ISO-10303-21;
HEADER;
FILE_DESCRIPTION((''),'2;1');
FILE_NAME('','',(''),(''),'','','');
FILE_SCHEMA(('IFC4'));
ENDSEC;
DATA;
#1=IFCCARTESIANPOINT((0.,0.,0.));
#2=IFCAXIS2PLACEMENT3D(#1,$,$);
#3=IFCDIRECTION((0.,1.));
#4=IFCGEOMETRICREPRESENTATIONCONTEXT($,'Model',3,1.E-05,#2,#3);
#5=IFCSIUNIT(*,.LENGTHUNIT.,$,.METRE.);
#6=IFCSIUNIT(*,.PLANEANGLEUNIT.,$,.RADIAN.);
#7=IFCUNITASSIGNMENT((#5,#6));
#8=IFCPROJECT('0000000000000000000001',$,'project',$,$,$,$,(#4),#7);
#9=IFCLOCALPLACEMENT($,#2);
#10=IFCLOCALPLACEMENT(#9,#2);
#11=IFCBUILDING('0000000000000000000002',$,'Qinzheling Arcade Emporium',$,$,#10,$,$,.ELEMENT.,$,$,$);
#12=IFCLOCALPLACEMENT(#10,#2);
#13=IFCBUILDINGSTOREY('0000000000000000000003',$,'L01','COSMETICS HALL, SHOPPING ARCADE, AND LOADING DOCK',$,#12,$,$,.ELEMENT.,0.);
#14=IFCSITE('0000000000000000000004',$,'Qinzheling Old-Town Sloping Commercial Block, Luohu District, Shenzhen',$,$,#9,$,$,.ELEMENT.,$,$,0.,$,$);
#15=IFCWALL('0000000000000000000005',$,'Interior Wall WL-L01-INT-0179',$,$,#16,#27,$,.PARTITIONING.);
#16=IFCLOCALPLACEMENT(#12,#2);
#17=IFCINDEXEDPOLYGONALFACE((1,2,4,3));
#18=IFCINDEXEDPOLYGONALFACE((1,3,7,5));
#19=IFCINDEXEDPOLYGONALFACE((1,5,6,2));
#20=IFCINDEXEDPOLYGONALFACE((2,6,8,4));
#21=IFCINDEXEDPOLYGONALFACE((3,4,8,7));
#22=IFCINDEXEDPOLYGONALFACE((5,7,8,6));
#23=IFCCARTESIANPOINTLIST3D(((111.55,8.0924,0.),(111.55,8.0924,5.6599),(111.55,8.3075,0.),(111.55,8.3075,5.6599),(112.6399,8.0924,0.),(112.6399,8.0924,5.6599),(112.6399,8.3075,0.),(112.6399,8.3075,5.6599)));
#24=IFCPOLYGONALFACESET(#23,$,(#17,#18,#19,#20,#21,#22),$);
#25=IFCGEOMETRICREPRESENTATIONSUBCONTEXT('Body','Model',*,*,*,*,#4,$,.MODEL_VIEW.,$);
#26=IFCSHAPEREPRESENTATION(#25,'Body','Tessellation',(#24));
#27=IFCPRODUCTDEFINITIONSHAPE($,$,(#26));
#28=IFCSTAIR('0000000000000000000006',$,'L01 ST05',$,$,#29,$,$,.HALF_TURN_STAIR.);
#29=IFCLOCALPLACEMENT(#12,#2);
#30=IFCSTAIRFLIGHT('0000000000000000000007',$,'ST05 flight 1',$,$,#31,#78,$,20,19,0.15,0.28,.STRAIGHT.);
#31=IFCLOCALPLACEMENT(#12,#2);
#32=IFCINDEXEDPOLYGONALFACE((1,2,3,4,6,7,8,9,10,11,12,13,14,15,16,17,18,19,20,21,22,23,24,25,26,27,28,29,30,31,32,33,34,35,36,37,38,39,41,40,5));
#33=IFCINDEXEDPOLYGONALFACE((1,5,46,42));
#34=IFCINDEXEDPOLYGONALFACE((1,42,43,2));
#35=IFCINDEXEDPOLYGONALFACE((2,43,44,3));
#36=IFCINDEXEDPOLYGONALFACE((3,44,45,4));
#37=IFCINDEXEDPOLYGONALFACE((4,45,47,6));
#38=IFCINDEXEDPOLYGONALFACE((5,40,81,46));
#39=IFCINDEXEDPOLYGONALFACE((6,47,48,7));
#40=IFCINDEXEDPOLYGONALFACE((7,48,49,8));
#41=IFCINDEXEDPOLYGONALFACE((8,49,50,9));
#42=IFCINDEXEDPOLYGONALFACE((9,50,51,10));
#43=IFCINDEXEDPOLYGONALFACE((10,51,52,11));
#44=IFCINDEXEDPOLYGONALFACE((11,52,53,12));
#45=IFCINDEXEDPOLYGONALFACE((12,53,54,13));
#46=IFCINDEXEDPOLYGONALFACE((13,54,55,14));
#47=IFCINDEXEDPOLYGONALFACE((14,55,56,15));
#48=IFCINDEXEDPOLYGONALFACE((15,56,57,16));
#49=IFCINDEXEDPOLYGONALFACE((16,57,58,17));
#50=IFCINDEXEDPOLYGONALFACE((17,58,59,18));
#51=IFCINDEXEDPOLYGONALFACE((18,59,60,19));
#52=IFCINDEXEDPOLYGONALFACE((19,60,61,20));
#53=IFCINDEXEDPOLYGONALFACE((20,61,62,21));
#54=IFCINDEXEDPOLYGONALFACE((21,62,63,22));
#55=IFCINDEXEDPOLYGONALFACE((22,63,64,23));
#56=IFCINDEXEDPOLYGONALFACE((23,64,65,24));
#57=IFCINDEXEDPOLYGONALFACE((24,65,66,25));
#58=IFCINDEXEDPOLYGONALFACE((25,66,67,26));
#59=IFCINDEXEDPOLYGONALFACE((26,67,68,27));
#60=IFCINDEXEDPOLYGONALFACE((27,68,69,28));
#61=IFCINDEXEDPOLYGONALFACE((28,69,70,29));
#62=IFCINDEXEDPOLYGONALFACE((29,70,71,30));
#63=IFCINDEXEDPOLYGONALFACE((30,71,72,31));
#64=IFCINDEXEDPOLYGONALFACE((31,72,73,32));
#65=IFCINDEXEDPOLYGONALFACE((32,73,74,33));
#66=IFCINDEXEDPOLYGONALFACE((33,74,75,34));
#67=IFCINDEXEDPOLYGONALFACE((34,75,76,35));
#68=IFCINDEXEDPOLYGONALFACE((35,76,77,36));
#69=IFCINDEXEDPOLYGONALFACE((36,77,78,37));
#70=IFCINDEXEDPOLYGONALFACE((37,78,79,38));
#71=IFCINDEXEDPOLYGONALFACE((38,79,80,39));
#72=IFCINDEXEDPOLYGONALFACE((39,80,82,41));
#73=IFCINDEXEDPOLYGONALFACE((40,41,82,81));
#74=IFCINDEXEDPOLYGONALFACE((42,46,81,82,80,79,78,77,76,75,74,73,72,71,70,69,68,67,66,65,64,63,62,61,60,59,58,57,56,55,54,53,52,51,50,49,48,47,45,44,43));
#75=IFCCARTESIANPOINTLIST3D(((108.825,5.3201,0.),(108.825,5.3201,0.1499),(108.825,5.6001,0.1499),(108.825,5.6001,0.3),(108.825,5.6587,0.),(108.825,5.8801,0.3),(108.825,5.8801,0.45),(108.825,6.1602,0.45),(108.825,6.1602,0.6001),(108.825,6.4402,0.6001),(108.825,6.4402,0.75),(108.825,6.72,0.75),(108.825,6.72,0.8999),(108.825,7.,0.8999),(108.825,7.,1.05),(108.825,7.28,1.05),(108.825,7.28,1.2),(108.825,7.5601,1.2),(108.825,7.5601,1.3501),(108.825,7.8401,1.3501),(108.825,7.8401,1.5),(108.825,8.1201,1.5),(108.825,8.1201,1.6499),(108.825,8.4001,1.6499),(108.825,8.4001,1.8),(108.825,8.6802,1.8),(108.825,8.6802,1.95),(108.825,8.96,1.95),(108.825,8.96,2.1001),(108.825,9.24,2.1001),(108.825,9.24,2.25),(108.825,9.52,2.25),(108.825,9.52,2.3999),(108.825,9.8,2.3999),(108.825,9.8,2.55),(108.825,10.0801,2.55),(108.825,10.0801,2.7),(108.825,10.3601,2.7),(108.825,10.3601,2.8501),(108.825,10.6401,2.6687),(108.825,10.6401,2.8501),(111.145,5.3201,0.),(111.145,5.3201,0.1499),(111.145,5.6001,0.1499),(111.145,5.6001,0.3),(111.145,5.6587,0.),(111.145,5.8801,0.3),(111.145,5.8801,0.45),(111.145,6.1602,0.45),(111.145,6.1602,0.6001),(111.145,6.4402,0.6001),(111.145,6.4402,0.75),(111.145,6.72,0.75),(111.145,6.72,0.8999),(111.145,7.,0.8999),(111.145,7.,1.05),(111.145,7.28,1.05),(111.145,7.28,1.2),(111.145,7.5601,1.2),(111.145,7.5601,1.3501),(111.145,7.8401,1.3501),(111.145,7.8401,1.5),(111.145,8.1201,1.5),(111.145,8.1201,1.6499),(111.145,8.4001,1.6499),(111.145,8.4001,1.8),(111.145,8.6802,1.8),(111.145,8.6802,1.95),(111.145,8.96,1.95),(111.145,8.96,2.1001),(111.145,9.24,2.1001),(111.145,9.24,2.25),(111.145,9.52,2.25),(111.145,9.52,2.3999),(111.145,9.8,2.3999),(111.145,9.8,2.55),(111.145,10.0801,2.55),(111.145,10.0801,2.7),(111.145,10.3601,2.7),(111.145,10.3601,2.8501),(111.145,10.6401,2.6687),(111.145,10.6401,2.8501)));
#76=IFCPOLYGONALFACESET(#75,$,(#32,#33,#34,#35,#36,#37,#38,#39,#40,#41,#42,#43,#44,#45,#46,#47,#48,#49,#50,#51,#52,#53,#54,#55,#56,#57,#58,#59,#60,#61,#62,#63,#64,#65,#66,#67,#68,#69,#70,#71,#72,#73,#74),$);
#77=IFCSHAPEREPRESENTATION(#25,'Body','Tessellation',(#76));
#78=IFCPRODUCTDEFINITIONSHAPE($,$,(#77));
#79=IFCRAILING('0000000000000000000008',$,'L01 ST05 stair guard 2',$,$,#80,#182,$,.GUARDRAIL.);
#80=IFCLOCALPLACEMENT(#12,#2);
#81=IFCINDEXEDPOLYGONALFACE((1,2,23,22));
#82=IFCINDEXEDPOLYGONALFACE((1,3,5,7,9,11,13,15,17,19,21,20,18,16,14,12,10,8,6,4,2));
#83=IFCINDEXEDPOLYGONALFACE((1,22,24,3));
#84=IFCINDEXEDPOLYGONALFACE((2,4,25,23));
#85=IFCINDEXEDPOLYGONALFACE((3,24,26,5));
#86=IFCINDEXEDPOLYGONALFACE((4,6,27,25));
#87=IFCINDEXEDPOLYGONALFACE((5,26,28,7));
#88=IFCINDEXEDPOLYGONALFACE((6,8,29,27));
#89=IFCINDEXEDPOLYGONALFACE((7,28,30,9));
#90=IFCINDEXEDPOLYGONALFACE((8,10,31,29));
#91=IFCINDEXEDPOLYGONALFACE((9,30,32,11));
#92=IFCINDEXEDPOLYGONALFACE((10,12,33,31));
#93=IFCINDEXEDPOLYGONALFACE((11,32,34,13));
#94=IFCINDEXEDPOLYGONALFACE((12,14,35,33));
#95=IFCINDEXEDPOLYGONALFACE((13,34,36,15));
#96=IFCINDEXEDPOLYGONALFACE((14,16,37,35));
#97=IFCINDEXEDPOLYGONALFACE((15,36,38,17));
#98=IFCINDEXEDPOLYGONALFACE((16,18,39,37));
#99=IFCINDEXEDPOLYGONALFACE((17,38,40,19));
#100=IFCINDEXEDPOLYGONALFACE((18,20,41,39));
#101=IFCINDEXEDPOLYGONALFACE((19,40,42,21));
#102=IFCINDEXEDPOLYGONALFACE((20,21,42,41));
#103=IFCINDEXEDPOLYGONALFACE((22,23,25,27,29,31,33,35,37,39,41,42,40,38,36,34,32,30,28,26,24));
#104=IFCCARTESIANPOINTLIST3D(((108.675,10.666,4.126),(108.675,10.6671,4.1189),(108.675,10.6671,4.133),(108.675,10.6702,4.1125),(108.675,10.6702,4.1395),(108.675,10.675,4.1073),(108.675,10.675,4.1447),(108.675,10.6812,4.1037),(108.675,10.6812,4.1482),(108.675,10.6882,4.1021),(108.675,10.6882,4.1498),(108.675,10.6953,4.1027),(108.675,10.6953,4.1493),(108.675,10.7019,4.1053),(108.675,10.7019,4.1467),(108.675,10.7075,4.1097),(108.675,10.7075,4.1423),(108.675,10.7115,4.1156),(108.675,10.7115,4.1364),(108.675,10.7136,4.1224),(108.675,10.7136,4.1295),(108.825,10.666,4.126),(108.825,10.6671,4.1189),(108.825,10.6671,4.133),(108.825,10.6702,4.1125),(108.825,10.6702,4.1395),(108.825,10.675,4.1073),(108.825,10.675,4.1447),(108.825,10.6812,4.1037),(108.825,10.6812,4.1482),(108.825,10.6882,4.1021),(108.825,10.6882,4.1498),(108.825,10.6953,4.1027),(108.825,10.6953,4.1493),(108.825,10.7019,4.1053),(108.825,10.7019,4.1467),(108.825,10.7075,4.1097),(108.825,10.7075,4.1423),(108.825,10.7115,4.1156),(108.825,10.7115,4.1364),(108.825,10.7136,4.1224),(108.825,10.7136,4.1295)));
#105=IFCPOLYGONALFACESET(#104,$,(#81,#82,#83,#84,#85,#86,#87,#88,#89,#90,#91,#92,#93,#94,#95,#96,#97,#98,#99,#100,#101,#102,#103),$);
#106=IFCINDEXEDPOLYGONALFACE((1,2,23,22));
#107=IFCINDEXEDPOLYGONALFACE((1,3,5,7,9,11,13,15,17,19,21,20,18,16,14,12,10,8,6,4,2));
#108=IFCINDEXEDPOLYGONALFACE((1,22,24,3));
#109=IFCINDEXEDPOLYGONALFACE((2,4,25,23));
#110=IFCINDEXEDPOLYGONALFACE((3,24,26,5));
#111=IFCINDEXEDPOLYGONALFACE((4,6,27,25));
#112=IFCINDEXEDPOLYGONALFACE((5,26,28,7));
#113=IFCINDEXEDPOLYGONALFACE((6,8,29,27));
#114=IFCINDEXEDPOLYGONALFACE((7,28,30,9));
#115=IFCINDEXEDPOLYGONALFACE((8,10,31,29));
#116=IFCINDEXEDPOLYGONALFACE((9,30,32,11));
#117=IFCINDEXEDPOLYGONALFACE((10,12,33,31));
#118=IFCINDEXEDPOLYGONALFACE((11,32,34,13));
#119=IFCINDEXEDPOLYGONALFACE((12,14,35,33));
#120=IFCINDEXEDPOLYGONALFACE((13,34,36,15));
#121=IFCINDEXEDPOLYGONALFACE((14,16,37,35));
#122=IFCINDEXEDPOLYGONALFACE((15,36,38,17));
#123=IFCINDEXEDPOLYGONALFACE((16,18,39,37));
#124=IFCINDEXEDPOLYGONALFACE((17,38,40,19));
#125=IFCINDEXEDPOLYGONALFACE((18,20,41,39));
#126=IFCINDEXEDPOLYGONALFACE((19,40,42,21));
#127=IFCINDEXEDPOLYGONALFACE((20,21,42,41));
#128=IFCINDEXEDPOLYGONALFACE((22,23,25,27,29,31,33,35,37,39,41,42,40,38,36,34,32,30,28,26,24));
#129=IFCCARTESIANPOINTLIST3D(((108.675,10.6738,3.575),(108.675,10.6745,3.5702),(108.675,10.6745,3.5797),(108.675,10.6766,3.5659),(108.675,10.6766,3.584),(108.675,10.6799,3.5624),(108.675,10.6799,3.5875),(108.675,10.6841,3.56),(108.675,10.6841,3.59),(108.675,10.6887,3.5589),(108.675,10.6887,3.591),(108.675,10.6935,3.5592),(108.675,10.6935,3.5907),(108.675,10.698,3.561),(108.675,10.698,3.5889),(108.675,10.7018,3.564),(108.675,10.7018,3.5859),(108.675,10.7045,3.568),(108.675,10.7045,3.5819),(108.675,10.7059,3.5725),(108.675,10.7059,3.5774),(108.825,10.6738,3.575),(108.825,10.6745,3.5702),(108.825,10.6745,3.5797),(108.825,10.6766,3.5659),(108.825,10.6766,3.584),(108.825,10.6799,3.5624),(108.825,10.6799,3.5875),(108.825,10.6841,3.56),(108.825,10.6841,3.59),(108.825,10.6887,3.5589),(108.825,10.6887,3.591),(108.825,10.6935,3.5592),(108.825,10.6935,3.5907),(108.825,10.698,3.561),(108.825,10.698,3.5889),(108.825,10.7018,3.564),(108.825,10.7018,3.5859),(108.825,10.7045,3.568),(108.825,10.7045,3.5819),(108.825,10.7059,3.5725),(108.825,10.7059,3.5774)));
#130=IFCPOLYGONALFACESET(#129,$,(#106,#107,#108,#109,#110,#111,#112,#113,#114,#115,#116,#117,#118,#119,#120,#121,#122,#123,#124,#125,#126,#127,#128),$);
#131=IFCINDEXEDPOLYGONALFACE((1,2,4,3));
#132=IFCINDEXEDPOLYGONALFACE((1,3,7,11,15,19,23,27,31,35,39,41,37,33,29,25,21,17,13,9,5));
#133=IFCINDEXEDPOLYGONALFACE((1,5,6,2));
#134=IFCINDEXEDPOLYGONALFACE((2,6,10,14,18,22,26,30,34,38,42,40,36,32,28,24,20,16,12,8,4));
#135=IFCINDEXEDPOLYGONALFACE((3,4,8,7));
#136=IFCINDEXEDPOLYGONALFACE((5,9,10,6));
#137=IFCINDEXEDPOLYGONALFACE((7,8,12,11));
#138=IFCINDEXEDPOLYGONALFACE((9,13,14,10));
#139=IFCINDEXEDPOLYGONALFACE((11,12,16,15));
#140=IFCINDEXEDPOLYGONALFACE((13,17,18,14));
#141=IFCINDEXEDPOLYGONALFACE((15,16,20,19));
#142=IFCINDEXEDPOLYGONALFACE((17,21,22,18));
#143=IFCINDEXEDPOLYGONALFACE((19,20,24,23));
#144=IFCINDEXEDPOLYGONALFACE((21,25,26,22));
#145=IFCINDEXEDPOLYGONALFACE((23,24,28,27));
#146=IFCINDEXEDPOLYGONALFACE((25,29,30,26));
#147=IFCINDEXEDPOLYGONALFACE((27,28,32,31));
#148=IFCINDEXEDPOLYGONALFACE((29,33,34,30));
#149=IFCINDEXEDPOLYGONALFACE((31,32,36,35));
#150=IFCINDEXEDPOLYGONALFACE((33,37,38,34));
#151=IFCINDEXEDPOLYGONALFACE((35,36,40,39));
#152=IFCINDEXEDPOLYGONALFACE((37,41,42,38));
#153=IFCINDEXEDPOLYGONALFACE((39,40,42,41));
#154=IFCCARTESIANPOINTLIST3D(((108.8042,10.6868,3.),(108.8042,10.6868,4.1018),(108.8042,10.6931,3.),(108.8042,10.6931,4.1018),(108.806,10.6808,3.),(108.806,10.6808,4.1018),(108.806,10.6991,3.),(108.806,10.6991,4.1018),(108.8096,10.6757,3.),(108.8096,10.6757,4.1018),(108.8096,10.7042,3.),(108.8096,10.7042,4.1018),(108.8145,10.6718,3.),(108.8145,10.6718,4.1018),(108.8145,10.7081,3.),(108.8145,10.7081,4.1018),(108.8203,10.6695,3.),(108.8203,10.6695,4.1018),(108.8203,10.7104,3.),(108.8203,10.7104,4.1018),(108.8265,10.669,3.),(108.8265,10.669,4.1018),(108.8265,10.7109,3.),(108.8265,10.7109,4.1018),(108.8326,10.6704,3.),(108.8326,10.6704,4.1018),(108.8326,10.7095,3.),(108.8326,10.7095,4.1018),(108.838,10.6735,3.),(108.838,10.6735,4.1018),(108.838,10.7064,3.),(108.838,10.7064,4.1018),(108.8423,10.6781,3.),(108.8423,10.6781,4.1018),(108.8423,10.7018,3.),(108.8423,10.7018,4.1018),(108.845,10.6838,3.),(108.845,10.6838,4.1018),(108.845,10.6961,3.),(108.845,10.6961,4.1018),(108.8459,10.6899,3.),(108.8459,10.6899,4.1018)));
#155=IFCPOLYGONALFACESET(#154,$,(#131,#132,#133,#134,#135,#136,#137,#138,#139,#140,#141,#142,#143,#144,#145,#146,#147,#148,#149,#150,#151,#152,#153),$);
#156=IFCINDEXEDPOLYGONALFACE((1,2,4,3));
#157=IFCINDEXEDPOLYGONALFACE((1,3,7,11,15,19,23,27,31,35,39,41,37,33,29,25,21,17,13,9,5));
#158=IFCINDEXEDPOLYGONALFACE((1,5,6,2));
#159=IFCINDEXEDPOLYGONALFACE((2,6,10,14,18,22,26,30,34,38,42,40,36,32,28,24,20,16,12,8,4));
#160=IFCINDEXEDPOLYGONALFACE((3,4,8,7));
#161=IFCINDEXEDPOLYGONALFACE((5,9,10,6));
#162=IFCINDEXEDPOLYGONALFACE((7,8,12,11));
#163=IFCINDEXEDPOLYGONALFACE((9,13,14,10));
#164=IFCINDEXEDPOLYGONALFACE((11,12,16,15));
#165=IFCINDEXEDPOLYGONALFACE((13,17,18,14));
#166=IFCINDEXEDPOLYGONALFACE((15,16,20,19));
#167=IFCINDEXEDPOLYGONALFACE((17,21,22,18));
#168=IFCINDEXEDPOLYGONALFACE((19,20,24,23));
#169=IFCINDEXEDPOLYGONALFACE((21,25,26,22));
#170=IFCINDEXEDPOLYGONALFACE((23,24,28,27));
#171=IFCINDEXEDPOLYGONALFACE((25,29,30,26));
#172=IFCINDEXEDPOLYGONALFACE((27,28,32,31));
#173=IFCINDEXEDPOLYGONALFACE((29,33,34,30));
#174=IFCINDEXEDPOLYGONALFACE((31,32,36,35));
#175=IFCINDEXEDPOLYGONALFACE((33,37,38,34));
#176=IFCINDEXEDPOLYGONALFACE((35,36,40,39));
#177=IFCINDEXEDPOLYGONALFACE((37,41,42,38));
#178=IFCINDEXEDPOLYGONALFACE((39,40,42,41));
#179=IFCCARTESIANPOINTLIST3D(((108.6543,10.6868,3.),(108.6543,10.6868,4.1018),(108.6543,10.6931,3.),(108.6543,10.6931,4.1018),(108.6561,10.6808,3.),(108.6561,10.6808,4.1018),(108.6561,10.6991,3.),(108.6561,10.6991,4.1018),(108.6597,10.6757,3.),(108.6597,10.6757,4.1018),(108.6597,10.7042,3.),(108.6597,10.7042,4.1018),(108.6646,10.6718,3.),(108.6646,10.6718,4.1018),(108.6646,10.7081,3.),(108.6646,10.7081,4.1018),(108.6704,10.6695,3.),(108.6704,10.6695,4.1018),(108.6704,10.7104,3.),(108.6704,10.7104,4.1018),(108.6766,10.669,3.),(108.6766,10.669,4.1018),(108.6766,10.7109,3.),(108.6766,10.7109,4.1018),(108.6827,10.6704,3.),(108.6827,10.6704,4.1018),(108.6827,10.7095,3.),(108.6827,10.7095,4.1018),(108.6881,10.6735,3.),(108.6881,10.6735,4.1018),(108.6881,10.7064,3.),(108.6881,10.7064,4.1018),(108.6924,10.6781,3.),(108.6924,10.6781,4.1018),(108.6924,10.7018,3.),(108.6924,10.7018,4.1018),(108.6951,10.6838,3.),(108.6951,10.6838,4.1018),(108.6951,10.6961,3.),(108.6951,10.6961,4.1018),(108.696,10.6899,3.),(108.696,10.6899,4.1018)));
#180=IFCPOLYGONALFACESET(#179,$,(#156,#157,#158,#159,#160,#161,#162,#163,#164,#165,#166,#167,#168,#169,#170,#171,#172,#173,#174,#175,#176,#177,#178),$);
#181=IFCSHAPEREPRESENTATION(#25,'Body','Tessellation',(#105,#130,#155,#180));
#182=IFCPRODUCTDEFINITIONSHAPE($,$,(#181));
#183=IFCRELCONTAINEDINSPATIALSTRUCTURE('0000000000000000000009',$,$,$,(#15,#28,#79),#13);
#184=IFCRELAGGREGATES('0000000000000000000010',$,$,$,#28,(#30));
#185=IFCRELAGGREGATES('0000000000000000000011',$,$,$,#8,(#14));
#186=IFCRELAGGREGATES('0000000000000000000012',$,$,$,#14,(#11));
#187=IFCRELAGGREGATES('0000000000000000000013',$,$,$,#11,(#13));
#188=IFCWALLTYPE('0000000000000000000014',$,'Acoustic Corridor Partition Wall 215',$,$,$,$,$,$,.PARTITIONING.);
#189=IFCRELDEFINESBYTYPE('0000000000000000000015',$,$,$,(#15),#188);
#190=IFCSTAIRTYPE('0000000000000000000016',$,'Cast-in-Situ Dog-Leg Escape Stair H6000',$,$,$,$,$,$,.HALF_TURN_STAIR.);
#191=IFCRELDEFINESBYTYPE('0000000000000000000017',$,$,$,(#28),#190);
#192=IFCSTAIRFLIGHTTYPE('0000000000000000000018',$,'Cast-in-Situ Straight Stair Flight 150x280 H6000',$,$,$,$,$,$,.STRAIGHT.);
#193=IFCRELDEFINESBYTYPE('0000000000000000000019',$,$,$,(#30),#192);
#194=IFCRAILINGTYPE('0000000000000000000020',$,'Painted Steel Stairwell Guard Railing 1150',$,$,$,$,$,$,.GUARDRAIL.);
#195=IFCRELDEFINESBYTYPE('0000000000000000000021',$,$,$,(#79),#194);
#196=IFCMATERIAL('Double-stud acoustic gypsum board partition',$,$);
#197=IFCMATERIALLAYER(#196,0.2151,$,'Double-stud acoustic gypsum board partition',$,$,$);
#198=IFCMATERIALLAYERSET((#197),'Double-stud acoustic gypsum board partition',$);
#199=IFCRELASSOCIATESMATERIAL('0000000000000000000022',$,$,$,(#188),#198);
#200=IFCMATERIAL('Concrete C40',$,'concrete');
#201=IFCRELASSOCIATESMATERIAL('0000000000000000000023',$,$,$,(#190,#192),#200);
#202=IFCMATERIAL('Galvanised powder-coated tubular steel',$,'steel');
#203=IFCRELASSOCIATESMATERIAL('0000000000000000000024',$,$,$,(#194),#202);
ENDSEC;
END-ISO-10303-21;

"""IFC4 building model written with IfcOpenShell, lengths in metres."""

from ifc_helpers import new_model, si_unit, direction, frame, frame_2d, origin, origin_2d, place, context, subcontext, project, spatial, polyline, rectangle, circle, outline, extrude, material, layer, layer_set, type_object, element, aggregate, save


model = new_model("IFC4")

# Units and contexts
model_context = context("Model", 3, precision=1e-05, world=origin(), true_north=direction((0.0, 1.0)))
body_context = subcontext(model_context, "Body", "Model", "MODEL_VIEW")
ifc_project = project(units=[si_unit("LENGTHUNIT", "METRE"), si_unit("PLANEANGLEUNIT", "RADIAN")], contexts=[model_context])

# Site, building, storey
site_placement = place(None, origin())
site = spatial("IfcSite", under=ifc_project, at=site_placement, Name="Qinzheling Old-Town Sloping Commercial Block, Luohu District, Shenzhen", CompositionType="ELEMENT", RefElevation=0.0)
building_placement = place(site_placement, origin())
building = spatial("IfcBuilding", under=site, at=building_placement, Name="Qinzheling Arcade Emporium", CompositionType="ELEMENT")
storey_placement = place(building_placement, origin())
storey = spatial("IfcBuildingStorey", under=building, at=storey_placement, Name="L01", Description="COSMETICS HALL, SHOPPING ARCADE, AND LOADING DOCK", CompositionType="ELEMENT", Elevation=0.0)

# Shared definitions
ifc_material_1 = material(Name="Concrete C40", Category="concrete")

# Wall
ifc_material_2 = material(Name="Double-stud acoustic gypsum board partition")
ifc_layer_1 = layer(ifc_material_2, 0.2151, Name="Double-stud acoustic gypsum board partition")
ifc_layer_set_1 = layer_set([ifc_layer_1], Name="Double-stud acoustic gypsum board partition")
wall_type_1 = type_object("IfcWallType", Name="Acoustic Corridor Partition Wall 215", PredefinedType="PARTITIONING", material=ifc_layer_set_1)
wall_1_placement = place(storey_placement, frame((111.55, 8.2, 0.0), z_axis=(0.0, 0.0, 1.0), x_axis=(1.0, 0.0, 0.0)))
element("IfcWall", 1, at=wall_1_placement, inside=storey, type_object=wall_type_1, Name="Interior Wall WL-L01-INT-0179", PredefinedType="PARTITIONING", context=body_context, shape_type="SweptSolid", body=[
    extrude(rectangle(XDim=1.0898, YDim=0.2151, at=frame_2d((0.5449, 0.0))), origin(), (0.0, 0.0, 1.0), 5.6599),
])

# Stair, stair flight
stair_type = type_object("IfcStairType", Name="Cast-in-Situ Dog-Leg Escape Stair H6000", PredefinedType="HALF_TURN_STAIR", material=ifc_material_1)
stair_placement = place(storey_placement, origin())
stair = element("IfcStair", 2, at=stair_placement, inside=storey, type_object=stair_type, Name="L01 ST05", PredefinedType="HALF_TURN_STAIR")
stair_flight_type = type_object("IfcStairFlightType", Name="Cast-in-Situ Straight Stair Flight 150x280 H6000", PredefinedType="STRAIGHT", material=ifc_material_1)
stair_flight_placement = place(storey_placement, frame((109.9851, 5.3201, 0.0), z_axis=(0.0, 0.0, 1.0), x_axis=(0.0, 1.0, 0.0)))
stair_flight = element("IfcStairFlight", 3, at=stair_flight_placement, type_object=stair_flight_type, Name="ST05 flight 1", NumberOfRisers=20, NumberOfTreads=19, PredefinedType="STRAIGHT", RiserHeight=0.15, TreadLength=0.28, context=body_context, shape_type="SweptSolid", body=[
    extrude(outline(polyline([(0.0, 0.0), (0.0, 0.1499), (0.28, 0.1499), (0.28, 0.3), (0.5601, 0.3), (0.5601, 0.45), (0.8401, 0.45), (0.8401, 0.6001), (1.1201, 0.6001), (1.1201, 0.75), (1.3999, 0.75), (1.3999, 0.8999), (1.6799, 0.8999), (1.6799, 1.05), (1.96, 1.05), (1.96, 1.2), (2.24, 1.2), (2.24, 1.3501), (2.52, 1.3501), (2.52, 1.5), (2.8, 1.5), (2.8, 1.6499), (3.0801, 1.6499), (3.0801, 1.8), (3.3601, 1.8), (3.3601, 1.95), (3.6399, 1.95), (3.6399, 2.1001), (3.9199, 2.1001), (3.9199, 2.25), (4.2, 2.25), (4.2, 2.3999), (4.48, 2.3999), (4.48, 2.55), (4.76, 2.55), (4.76, 2.7), (5.04, 2.7), (5.04, 2.8501), (5.3201, 2.8501), (5.3201, 3.0), (5.3201, 2.6687), (0.3386, 0.0), (0.0, 0.0)])), frame((0.0, 1.1602, 0.0), z_axis=(0.0, -1.0, 0.0), x_axis=(1.0, 0.0, 0.0)), (0.0, 0.0, 1.0), 2.3201),
])
aggregate(stair, [stair_flight])

# Railing
ifc_material_3 = material(Name="Galvanised powder-coated tubular steel", Category="steel")
railing_type_1 = type_object("IfcRailingType", Name="Painted Steel Stairwell Guard Railing 1150", PredefinedType="GUARDRAIL", material=ifc_material_3)
railing_1_placement = place(storey_placement, frame((108.825, 10.6899, 3.0)))
element("IfcRailing", 4, at=railing_1_placement, inside=storey, type_object=railing_type_1, Name="L01 ST05 stair guard 2", PredefinedType="GUARDRAIL", context=body_context, shape_type="SweptSolid", body=[
    extrude(circle(Radius=0.0239, at=origin_2d()), frame((0.0, 0.0, 1.126), z_axis=(-1.0, 0.0, 0.0), x_axis=(0.0, -1.0, 0.0)), (0.0, 0.0, 1.0), 0.1499),
    extrude(circle(Radius=0.0161, at=origin_2d()), frame((0.0, 0.0, 0.575), z_axis=(-1.0, 0.0, 0.0), x_axis=(0.0, -1.0, 0.0)), (0.0, 0.0, 1.0), 0.1499),
    extrude(circle(Radius=0.021, at=origin_2d()), origin(), (0.0, 0.0, 1.0), 1.1018),
    extrude(circle(Radius=0.021, at=origin_2d()), frame((-0.1499, 0.0, 0.0)), (0.0, 0.0, 1.0), 1.1018),
])

save(model, "model.ifc")
